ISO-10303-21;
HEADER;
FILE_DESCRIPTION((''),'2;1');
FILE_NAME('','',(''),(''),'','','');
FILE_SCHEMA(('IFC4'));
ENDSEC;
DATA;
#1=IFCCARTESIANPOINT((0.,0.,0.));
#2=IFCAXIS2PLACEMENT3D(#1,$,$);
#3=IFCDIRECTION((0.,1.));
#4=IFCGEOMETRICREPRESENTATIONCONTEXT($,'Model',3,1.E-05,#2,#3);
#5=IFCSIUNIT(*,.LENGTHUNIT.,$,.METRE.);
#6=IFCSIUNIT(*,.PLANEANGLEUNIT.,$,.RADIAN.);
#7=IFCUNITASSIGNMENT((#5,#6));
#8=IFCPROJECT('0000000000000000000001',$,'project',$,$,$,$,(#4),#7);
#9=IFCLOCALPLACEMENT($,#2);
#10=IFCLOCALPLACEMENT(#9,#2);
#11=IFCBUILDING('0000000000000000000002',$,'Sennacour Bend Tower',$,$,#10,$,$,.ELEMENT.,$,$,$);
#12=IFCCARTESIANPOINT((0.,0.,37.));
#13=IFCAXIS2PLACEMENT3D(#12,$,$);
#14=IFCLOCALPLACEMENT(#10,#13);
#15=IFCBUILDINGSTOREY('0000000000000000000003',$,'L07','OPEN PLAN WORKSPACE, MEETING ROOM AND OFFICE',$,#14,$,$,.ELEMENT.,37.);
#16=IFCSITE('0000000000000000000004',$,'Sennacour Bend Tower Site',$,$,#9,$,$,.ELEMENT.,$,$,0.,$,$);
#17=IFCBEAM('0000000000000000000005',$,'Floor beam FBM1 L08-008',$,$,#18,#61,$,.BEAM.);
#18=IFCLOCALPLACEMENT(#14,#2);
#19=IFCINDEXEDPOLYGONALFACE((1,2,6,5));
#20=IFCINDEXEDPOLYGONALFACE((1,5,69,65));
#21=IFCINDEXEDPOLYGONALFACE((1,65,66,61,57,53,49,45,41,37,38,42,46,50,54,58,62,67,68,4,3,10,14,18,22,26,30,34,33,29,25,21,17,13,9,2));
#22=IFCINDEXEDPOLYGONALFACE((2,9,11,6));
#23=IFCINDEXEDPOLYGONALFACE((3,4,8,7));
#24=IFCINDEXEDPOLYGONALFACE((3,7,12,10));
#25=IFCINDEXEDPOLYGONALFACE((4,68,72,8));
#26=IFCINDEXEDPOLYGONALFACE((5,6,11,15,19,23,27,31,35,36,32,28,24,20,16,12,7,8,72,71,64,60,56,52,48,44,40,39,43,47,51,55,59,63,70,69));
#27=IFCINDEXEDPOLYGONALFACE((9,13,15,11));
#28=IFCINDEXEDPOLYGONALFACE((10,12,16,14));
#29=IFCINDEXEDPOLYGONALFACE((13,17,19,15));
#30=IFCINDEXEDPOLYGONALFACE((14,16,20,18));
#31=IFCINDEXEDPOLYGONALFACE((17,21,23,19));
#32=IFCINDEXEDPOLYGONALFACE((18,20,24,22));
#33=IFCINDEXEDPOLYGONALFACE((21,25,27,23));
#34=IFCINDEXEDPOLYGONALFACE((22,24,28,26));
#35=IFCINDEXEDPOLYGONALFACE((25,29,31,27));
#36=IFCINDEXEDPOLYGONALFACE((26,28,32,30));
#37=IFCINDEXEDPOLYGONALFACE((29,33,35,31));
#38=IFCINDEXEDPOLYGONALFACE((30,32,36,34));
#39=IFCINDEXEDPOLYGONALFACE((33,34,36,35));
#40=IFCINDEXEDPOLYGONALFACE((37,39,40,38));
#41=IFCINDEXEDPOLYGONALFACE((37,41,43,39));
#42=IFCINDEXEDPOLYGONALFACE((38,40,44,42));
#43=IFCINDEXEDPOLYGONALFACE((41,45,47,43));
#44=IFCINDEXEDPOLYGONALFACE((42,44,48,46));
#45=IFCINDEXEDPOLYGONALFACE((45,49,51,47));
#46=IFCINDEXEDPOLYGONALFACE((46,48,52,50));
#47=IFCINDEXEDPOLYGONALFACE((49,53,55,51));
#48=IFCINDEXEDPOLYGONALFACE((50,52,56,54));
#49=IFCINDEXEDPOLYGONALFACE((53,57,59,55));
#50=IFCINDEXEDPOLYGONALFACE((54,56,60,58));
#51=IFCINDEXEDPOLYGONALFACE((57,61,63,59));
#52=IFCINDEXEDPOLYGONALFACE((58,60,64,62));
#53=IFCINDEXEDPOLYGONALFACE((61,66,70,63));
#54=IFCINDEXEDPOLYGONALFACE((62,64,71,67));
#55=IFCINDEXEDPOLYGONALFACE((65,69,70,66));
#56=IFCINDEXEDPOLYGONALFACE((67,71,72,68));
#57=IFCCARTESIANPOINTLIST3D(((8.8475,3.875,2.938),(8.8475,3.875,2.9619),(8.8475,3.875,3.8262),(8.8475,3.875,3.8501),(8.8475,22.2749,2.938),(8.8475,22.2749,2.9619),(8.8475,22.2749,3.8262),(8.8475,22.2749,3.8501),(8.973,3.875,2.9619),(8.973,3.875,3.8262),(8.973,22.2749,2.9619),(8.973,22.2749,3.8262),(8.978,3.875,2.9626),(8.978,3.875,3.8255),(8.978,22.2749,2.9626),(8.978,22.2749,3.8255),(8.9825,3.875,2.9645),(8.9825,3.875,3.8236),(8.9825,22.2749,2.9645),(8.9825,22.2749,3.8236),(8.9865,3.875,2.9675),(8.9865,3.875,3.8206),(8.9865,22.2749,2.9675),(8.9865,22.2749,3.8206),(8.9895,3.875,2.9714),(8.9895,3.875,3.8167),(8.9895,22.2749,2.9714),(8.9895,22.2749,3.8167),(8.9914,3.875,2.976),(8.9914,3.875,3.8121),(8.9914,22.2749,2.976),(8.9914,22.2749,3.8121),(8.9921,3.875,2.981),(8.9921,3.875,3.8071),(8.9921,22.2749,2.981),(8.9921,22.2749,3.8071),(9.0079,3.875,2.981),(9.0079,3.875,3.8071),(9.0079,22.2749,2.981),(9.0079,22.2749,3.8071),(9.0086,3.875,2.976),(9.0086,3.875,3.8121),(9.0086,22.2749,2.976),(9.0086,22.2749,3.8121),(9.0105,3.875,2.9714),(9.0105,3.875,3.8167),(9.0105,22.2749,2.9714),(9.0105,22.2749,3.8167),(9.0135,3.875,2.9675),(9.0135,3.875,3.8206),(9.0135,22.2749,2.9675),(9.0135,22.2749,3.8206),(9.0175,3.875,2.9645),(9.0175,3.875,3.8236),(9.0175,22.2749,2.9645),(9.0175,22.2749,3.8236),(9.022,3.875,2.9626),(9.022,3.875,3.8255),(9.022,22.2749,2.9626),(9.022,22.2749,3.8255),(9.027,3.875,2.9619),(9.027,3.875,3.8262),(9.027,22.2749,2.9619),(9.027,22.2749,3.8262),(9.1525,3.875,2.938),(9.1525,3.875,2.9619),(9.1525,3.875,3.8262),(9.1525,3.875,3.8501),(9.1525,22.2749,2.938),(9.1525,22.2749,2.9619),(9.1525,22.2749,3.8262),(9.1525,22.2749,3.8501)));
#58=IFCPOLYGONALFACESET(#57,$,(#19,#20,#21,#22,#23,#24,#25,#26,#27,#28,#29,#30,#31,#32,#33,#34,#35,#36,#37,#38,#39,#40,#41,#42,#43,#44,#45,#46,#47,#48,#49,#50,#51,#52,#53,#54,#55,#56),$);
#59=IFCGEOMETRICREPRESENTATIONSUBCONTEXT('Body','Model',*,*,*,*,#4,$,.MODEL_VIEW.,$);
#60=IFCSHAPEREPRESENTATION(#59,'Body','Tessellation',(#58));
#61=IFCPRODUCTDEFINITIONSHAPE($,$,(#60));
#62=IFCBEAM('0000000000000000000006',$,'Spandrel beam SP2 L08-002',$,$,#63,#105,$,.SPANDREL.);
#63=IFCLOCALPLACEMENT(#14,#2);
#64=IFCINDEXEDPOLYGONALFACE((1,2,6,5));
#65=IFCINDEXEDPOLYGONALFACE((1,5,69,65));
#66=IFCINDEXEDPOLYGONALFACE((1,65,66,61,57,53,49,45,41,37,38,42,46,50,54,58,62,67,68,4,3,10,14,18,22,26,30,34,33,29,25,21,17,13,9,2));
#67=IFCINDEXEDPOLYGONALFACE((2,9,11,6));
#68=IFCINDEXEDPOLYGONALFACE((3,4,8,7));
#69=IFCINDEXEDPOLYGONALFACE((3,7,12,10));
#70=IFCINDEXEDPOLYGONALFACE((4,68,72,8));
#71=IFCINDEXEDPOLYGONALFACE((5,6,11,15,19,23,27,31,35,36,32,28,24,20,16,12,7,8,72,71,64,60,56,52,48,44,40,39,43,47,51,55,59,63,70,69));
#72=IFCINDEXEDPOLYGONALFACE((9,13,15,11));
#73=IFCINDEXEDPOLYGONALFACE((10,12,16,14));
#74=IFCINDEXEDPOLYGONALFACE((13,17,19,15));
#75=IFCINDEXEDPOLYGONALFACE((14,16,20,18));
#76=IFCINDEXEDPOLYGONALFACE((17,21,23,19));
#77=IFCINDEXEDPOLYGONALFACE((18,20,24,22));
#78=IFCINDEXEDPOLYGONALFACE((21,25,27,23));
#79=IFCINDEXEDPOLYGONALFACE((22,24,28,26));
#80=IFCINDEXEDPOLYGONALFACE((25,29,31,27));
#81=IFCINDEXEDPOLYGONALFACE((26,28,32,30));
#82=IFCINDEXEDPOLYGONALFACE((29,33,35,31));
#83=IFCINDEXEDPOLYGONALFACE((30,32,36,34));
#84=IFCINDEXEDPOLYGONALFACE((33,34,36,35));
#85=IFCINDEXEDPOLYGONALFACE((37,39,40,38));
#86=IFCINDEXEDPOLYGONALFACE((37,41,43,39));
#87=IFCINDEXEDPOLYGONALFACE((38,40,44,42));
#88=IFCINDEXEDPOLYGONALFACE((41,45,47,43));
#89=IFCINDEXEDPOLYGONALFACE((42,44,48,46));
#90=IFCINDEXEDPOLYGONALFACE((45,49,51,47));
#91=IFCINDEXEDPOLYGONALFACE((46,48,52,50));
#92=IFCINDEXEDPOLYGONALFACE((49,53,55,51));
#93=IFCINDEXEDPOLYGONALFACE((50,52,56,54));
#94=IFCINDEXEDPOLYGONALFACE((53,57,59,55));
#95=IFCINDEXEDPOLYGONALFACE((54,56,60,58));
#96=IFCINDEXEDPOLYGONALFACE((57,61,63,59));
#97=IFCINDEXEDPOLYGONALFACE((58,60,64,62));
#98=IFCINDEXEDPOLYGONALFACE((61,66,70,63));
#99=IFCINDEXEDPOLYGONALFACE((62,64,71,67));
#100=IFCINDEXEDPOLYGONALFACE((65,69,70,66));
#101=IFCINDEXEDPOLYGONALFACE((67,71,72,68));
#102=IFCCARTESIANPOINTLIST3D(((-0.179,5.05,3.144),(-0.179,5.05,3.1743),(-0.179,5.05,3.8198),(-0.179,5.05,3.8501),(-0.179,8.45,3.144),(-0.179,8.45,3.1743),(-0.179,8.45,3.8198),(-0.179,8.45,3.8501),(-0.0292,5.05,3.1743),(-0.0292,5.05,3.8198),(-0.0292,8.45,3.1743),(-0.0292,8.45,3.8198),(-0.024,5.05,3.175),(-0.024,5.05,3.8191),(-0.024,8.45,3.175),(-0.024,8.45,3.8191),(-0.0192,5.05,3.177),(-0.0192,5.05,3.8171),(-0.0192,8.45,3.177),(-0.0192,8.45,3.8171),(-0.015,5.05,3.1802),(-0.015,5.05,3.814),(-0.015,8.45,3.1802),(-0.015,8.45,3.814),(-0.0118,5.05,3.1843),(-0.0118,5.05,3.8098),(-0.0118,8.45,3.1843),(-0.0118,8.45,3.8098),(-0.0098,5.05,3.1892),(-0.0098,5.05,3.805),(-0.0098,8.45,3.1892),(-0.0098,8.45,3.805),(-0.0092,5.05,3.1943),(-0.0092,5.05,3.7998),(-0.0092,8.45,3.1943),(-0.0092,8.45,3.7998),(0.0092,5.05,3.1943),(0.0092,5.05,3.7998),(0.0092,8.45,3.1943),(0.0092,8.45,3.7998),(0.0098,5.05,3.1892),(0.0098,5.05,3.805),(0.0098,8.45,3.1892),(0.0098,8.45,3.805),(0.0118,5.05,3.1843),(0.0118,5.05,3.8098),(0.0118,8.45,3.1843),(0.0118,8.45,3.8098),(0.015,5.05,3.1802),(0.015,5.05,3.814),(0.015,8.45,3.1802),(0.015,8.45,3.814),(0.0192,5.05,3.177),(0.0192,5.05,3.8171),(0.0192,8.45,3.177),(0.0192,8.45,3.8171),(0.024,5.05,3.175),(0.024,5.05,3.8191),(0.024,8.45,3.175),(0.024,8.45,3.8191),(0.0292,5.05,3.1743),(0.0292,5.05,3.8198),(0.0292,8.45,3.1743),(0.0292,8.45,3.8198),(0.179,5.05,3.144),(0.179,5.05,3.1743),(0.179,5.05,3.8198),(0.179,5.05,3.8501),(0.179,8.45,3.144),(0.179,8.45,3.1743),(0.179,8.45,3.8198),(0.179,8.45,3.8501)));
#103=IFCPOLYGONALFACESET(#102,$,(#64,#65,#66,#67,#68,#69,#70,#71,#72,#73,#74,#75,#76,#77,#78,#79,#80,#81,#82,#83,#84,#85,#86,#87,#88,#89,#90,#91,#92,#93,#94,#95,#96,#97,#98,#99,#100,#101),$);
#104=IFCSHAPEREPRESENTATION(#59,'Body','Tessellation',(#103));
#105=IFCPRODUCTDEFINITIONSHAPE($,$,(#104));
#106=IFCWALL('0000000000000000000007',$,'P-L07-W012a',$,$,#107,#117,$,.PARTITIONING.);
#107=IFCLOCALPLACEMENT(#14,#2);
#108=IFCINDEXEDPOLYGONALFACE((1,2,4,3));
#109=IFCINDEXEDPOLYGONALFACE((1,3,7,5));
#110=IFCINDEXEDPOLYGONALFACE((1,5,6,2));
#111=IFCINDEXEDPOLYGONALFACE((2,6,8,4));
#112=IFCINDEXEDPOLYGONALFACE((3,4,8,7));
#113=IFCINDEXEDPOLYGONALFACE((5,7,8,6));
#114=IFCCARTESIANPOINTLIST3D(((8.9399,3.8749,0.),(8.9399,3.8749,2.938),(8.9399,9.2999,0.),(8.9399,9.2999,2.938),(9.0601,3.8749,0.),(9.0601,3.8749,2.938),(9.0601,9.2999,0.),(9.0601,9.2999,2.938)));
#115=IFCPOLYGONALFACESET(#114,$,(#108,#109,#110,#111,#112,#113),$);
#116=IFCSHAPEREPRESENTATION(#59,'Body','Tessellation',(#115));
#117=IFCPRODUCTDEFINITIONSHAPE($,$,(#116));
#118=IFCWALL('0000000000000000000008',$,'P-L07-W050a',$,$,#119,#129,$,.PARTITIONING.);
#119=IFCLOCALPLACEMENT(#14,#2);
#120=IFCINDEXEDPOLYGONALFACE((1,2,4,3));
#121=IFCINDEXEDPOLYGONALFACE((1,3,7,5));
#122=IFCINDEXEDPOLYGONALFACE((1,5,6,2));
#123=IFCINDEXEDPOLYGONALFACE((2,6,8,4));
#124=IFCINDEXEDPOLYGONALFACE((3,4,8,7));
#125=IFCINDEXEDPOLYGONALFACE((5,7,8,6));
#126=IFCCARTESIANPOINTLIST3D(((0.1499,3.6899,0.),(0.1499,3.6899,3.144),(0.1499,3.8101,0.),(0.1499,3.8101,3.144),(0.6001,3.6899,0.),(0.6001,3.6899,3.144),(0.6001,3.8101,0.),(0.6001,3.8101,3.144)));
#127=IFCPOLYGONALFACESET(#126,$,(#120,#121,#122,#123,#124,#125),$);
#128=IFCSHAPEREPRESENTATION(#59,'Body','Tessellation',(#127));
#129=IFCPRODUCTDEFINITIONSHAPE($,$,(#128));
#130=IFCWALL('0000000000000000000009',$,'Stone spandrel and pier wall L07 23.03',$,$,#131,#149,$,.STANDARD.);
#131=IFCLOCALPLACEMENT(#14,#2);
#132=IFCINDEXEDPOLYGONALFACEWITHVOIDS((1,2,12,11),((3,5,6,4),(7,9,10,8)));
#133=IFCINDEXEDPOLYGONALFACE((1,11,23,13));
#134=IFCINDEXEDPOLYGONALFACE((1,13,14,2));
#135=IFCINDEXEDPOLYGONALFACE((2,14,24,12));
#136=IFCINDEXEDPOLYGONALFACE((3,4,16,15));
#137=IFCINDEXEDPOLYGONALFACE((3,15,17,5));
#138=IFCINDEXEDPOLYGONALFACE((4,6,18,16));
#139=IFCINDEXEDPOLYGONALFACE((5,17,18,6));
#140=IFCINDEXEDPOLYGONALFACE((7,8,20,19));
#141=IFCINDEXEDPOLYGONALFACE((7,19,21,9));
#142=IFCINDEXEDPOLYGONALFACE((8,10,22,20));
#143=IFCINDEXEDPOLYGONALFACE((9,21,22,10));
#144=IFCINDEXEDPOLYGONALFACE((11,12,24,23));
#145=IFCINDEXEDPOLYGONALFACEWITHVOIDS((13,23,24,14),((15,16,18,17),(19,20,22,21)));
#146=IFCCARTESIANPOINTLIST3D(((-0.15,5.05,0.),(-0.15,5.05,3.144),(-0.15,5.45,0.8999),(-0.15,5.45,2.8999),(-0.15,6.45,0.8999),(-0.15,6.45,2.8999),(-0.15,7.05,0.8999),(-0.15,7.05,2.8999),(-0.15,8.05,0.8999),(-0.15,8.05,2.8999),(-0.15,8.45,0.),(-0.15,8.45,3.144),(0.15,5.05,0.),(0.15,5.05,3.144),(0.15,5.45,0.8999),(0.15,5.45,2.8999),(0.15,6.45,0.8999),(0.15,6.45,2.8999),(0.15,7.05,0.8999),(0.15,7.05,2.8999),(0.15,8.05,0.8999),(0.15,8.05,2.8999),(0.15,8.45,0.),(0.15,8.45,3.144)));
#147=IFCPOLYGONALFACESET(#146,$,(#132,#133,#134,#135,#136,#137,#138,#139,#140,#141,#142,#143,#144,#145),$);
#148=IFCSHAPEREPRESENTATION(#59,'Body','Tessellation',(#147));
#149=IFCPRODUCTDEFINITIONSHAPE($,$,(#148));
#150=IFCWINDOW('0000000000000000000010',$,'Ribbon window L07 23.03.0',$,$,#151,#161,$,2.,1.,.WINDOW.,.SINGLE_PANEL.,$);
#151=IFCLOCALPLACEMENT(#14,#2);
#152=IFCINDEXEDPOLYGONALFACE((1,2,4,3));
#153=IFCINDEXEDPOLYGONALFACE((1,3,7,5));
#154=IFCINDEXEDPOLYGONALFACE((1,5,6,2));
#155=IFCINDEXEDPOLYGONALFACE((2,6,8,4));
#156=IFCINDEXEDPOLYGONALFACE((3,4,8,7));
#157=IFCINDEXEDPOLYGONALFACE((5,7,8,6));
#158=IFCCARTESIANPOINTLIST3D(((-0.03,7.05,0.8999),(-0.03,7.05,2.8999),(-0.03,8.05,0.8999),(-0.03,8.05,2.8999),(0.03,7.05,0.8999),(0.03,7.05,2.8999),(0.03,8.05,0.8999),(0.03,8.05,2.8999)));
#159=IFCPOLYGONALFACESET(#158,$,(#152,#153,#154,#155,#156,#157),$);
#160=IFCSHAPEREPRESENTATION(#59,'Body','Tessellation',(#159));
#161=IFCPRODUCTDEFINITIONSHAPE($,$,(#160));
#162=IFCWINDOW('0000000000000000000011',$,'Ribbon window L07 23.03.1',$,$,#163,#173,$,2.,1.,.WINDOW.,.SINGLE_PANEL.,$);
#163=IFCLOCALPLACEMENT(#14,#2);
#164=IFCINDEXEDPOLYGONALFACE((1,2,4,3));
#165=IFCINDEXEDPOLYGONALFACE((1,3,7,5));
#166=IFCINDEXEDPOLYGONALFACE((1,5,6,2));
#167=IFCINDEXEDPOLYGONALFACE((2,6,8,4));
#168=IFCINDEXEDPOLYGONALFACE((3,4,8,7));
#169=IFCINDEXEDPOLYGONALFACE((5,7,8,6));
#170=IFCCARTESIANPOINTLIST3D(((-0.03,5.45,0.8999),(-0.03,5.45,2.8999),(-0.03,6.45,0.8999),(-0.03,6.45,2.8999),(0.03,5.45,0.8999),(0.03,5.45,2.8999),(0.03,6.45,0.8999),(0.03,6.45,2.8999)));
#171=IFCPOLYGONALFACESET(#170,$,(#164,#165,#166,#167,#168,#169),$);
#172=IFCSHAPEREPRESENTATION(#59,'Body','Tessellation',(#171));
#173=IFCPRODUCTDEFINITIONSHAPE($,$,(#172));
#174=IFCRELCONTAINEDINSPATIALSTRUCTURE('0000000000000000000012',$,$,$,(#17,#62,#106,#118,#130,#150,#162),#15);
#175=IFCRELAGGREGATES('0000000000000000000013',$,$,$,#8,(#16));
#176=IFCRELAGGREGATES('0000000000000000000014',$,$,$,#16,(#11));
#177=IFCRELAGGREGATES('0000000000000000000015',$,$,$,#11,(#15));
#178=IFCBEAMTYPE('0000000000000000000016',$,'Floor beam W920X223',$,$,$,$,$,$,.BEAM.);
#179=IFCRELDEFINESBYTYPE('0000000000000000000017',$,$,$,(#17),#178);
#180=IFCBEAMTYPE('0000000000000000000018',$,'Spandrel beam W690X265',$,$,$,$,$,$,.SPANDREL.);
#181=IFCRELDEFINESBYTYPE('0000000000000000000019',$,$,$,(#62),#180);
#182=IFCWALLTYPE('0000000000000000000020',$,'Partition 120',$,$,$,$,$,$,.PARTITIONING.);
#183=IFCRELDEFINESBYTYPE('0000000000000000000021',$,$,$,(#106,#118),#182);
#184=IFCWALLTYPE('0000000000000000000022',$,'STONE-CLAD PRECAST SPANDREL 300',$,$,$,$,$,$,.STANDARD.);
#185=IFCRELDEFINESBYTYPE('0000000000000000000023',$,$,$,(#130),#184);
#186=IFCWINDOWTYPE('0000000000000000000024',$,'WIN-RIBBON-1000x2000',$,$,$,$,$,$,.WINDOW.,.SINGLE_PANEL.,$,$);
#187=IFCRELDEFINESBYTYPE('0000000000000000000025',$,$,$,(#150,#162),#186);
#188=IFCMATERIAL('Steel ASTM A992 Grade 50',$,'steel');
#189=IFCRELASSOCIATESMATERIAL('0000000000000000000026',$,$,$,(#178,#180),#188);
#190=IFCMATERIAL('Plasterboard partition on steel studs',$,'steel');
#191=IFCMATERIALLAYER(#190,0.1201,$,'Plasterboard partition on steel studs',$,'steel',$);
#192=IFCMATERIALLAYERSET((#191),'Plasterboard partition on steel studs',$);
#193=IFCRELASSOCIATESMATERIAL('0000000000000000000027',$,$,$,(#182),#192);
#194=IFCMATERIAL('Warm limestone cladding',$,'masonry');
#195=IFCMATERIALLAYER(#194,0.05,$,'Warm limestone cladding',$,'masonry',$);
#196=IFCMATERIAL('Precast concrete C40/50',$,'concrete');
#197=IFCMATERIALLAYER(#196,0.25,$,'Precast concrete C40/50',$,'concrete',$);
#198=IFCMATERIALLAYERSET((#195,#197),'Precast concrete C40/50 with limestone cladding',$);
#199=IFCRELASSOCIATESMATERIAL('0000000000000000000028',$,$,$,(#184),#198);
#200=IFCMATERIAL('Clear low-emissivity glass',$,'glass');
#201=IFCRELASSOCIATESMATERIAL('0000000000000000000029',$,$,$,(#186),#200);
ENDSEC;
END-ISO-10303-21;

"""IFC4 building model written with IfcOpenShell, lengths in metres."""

from ifc_helpers import new_model, si_unit, direction, frame, frame_2d, origin, origin_2d, place, context, subcontext, project, spatial, rectangle, i_section, extrude, material, layer, layer_set, material_profile, profile_set, type_object, element, fill, save


model = new_model("IFC4")

# Units and contexts
model_context = context("Model", 3, precision=1e-05, world=origin(), true_north=direction((0.0, 1.0)))
body_context = subcontext(model_context, "Body", "Model", "MODEL_VIEW")
ifc_project = project(units=[si_unit("LENGTHUNIT", "METRE"), si_unit("PLANEANGLEUNIT", "RADIAN")], contexts=[model_context])

# Site, building, storey
site_placement = place(None, origin())
site = spatial("IfcSite", under=ifc_project, at=site_placement, Name="Sennacour Bend Tower Site", CompositionType="ELEMENT", RefElevation=0.0)
building_placement = place(site_placement, origin())
building = spatial("IfcBuilding", under=site, at=building_placement, Name="Sennacour Bend Tower", CompositionType="ELEMENT")
storey_placement = place(building_placement, frame((0.0, 0.0, 37.0)))
storey = spatial("IfcBuildingStorey", under=building, at=storey_placement, Name="L07", Description="OPEN PLAN WORKSPACE, MEETING ROOM AND OFFICE", CompositionType="ELEMENT", Elevation=37.0)

# Beams
ifc_material_1 = material(Name="Steel ASTM A992 Grade 50", Category="steel")
ifc_material_profile_1 = material_profile(ifc_material_1, i_section(OverallWidth=0.3049, OverallDepth=0.9121, WebThickness=0.0159, FlangeThickness=0.0239, FilletRadius=0.019, at=origin_2d()), Name="Steel ASTM A992 Grade 50", Category="steel")
ifc_profile_set_1 = profile_set([ifc_material_profile_1], Name="Steel ASTM A992 Grade 50")
beam_type_1 = type_object("IfcBeamType", Name="Floor beam W920X223", PredefinedType="BEAM", material=ifc_profile_set_1)
for number, where, z_axis, x_axis, name in (
    (1, (9.0, 3.875, 3.394), (0.0, 1.0, 0.0), (-1.0, 0.0, 0.0), "Floor beam FBM1 L08-008"),
):
    element("IfcBeam", number, at=place(storey_placement, frame(where, z_axis=z_axis, x_axis=x_axis)), inside=storey, type_object=beam_type_1, Name=name, PredefinedType="BEAM", context=body_context, shape_type="SweptSolid", body=[
        extrude(i_section(OverallWidth=0.3049, OverallDepth=0.9121, WebThickness=0.0159, FlangeThickness=0.0239, FilletRadius=0.019, at=origin_2d()), origin(), (0.0, 0.0, 1.0), 18.3999),
    ])
ifc_material_profile_2 = material_profile(ifc_material_1, i_section(OverallWidth=0.3579, OverallDepth=0.7061, WebThickness=0.0183, FlangeThickness=0.0303, FilletRadius=0.02, at=origin_2d()), Name="Steel ASTM A992 Grade 50", Category="steel")
ifc_profile_set_2 = profile_set([ifc_material_profile_2], Name="Steel ASTM A992 Grade 50")
beam_type_2 = type_object("IfcBeamType", Name="Spandrel beam W690X265", PredefinedType="SPANDREL", material=ifc_profile_set_2)
beam_placement = place(storey_placement, frame((0.0, 5.05, 3.4971), z_axis=(0.0, 1.0, 0.0), x_axis=(-1.0, 0.0, 0.0)))
element("IfcBeam", 2, at=beam_placement, inside=storey, type_object=beam_type_2, Name="Spandrel beam SP2 L08-002", PredefinedType="SPANDREL", context=body_context, shape_type="SweptSolid", body=[
    extrude(i_section(OverallWidth=0.3579, OverallDepth=0.7061, WebThickness=0.0183, FlangeThickness=0.0303, FilletRadius=0.02, at=origin_2d()), origin(), (0.0, 0.0, 1.0), 3.3999),
])

# Walls
ifc_material_2 = material(Name="Plasterboard partition on steel studs", Category="steel")
ifc_layer_1 = layer(ifc_material_2, 0.1201, Name="Plasterboard partition on steel studs", Category="steel")
ifc_layer_set_1 = layer_set([ifc_layer_1], Name="Plasterboard partition on steel studs")
wall_type_1 = type_object("IfcWallType", Name="Partition 120", PredefinedType="PARTITIONING", material=ifc_layer_set_1)
wall_1_placement = place(storey_placement, frame((9.0, 3.875, 0.0), z_axis=(0.0, 0.0, 1.0), x_axis=(0.0, 1.0, 0.0)))
element("IfcWall", 3, at=wall_1_placement, inside=storey, type_object=wall_type_1, Name="P-L07-W012a", PredefinedType="PARTITIONING", context=body_context, shape_type="SweptSolid", body=[
    extrude(rectangle(XDim=5.425, YDim=0.1201, at=frame_2d((2.7124, 0.0))), origin(), (0.0, 0.0, 1.0), 2.938),
])
wall_2_placement = place(storey_placement, frame((0.1499, 3.75, 0.0), z_axis=(0.0, 0.0, 1.0), x_axis=(1.0, 0.0, 0.0)))
element("IfcWall", 4, at=wall_2_placement, inside=storey, type_object=wall_type_1, Name="P-L07-W050a", PredefinedType="PARTITIONING", context=body_context, shape_type="SweptSolid", body=[
    extrude(rectangle(XDim=0.4502, YDim=0.1201, at=frame_2d((0.2251, 0.0))), origin(), (0.0, 0.0, 1.0), 3.144),
])

# Wall, openings, windows
ifc_material_3 = material(Name="Warm limestone cladding", Category="masonry")
ifc_layer_2 = layer(ifc_material_3, 0.05, Name="Warm limestone cladding", Category="masonry")
ifc_material_4 = material(Name="Precast concrete C40/50", Category="concrete")
ifc_layer_3 = layer(ifc_material_4, 0.25, Name="Precast concrete C40/50", Category="concrete")
ifc_layer_set_2 = layer_set([ifc_layer_2, ifc_layer_3], Name="Precast concrete C40/50 with limestone cladding")
wall_type_2 = type_object("IfcWallType", Name="STONE-CLAD PRECAST SPANDREL 300", PredefinedType="STANDARD", material=ifc_layer_set_2)
wall_3_placement = place(storey_placement, frame((0.0, 8.45, 0.0), z_axis=(0.0, 0.0, 1.0), x_axis=(0.0, -1.0, 0.0)))
wall_3 = element("IfcWall", 5, at=wall_3_placement, inside=storey, type_object=wall_type_2, Name="Stone spandrel and pier wall L07 23.03", PredefinedType="STANDARD", context=body_context, shape_type="SweptSolid", body=[
    extrude(rectangle(XDim=3.3999, YDim=0.3, at=frame_2d((1.7, 0.0))), origin(), (0.0, 0.0, 1.0), 3.144),
])
opening_1_placement = place(wall_3_placement, frame((0.3999, 0.0, 0.8999)))
opening_1 = element("IfcOpeningElement", 6, at=opening_1_placement, cuts=wall_3, PredefinedType="OPENING", context=body_context, shape_type="SweptSolid", body=[
    extrude(rectangle(XDim=1.0, YDim=2.0, at=frame_2d((0.5, 1.0))), frame((0.0, 0.1602, 0.0), z_axis=(0.0, -1.0, 0.0), x_axis=(1.0, 0.0, 0.0)), (0.0, 0.0, 1.0), 0.3201),
])
opening_2_placement = place(wall_3_placement, frame((2.0, 0.0, 0.8999)))
opening_2 = element("IfcOpeningElement", 7, at=opening_2_placement, cuts=wall_3, PredefinedType="OPENING", context=body_context, shape_type="SweptSolid", body=[
    extrude(rectangle(XDim=1.0, YDim=2.0, at=frame_2d((0.5, 1.0))), frame((0.0, 0.1602, 0.0), z_axis=(0.0, -1.0, 0.0), x_axis=(1.0, 0.0, 0.0)), (0.0, 0.0, 1.0), 0.3201),
])
ifc_material_5 = material(Name="Clear low-emissivity glass", Category="glass")
window_type = type_object("IfcWindowType", Name="WIN-RIBBON-1000x2000", PartitioningType="SINGLE_PANEL", PredefinedType="WINDOW", material=ifc_material_5)
window_1_placement = place(opening_1_placement, origin())
window_1 = element("IfcWindow", 8, at=window_1_placement, inside=storey, type_object=window_type, Name="Ribbon window L07 23.03.0", OverallHeight=2.0, OverallWidth=1.0, PartitioningType="SINGLE_PANEL", PredefinedType="WINDOW", context=body_context, shape_type="SweptSolid", body=[
    extrude(rectangle(XDim=1.0, YDim=2.0, at=frame_2d((0.5, 1.0))), frame((0.0, 0.03, 0.0), z_axis=(0.0, -1.0, 0.0), x_axis=(1.0, 0.0, 0.0)), (0.0, 0.0, 1.0), 0.0601),
])
fill(opening_1, window_1)
window_2_placement = place(opening_2_placement, origin())
window_2 = element("IfcWindow", 9, at=window_2_placement, inside=storey, type_object=window_type, Name="Ribbon window L07 23.03.1", OverallHeight=2.0, OverallWidth=1.0, PartitioningType="SINGLE_PANEL", PredefinedType="WINDOW", context=body_context, shape_type="SweptSolid", body=[
    extrude(rectangle(XDim=1.0, YDim=2.0, at=frame_2d((0.5, 1.0))), frame((0.0, 0.03, 0.0), z_axis=(0.0, -1.0, 0.0), x_axis=(1.0, 0.0, 0.0)), (0.0, 0.0, 1.0), 0.0601),
])
fill(opening_2, window_2)

save(model, "model.ifc")
